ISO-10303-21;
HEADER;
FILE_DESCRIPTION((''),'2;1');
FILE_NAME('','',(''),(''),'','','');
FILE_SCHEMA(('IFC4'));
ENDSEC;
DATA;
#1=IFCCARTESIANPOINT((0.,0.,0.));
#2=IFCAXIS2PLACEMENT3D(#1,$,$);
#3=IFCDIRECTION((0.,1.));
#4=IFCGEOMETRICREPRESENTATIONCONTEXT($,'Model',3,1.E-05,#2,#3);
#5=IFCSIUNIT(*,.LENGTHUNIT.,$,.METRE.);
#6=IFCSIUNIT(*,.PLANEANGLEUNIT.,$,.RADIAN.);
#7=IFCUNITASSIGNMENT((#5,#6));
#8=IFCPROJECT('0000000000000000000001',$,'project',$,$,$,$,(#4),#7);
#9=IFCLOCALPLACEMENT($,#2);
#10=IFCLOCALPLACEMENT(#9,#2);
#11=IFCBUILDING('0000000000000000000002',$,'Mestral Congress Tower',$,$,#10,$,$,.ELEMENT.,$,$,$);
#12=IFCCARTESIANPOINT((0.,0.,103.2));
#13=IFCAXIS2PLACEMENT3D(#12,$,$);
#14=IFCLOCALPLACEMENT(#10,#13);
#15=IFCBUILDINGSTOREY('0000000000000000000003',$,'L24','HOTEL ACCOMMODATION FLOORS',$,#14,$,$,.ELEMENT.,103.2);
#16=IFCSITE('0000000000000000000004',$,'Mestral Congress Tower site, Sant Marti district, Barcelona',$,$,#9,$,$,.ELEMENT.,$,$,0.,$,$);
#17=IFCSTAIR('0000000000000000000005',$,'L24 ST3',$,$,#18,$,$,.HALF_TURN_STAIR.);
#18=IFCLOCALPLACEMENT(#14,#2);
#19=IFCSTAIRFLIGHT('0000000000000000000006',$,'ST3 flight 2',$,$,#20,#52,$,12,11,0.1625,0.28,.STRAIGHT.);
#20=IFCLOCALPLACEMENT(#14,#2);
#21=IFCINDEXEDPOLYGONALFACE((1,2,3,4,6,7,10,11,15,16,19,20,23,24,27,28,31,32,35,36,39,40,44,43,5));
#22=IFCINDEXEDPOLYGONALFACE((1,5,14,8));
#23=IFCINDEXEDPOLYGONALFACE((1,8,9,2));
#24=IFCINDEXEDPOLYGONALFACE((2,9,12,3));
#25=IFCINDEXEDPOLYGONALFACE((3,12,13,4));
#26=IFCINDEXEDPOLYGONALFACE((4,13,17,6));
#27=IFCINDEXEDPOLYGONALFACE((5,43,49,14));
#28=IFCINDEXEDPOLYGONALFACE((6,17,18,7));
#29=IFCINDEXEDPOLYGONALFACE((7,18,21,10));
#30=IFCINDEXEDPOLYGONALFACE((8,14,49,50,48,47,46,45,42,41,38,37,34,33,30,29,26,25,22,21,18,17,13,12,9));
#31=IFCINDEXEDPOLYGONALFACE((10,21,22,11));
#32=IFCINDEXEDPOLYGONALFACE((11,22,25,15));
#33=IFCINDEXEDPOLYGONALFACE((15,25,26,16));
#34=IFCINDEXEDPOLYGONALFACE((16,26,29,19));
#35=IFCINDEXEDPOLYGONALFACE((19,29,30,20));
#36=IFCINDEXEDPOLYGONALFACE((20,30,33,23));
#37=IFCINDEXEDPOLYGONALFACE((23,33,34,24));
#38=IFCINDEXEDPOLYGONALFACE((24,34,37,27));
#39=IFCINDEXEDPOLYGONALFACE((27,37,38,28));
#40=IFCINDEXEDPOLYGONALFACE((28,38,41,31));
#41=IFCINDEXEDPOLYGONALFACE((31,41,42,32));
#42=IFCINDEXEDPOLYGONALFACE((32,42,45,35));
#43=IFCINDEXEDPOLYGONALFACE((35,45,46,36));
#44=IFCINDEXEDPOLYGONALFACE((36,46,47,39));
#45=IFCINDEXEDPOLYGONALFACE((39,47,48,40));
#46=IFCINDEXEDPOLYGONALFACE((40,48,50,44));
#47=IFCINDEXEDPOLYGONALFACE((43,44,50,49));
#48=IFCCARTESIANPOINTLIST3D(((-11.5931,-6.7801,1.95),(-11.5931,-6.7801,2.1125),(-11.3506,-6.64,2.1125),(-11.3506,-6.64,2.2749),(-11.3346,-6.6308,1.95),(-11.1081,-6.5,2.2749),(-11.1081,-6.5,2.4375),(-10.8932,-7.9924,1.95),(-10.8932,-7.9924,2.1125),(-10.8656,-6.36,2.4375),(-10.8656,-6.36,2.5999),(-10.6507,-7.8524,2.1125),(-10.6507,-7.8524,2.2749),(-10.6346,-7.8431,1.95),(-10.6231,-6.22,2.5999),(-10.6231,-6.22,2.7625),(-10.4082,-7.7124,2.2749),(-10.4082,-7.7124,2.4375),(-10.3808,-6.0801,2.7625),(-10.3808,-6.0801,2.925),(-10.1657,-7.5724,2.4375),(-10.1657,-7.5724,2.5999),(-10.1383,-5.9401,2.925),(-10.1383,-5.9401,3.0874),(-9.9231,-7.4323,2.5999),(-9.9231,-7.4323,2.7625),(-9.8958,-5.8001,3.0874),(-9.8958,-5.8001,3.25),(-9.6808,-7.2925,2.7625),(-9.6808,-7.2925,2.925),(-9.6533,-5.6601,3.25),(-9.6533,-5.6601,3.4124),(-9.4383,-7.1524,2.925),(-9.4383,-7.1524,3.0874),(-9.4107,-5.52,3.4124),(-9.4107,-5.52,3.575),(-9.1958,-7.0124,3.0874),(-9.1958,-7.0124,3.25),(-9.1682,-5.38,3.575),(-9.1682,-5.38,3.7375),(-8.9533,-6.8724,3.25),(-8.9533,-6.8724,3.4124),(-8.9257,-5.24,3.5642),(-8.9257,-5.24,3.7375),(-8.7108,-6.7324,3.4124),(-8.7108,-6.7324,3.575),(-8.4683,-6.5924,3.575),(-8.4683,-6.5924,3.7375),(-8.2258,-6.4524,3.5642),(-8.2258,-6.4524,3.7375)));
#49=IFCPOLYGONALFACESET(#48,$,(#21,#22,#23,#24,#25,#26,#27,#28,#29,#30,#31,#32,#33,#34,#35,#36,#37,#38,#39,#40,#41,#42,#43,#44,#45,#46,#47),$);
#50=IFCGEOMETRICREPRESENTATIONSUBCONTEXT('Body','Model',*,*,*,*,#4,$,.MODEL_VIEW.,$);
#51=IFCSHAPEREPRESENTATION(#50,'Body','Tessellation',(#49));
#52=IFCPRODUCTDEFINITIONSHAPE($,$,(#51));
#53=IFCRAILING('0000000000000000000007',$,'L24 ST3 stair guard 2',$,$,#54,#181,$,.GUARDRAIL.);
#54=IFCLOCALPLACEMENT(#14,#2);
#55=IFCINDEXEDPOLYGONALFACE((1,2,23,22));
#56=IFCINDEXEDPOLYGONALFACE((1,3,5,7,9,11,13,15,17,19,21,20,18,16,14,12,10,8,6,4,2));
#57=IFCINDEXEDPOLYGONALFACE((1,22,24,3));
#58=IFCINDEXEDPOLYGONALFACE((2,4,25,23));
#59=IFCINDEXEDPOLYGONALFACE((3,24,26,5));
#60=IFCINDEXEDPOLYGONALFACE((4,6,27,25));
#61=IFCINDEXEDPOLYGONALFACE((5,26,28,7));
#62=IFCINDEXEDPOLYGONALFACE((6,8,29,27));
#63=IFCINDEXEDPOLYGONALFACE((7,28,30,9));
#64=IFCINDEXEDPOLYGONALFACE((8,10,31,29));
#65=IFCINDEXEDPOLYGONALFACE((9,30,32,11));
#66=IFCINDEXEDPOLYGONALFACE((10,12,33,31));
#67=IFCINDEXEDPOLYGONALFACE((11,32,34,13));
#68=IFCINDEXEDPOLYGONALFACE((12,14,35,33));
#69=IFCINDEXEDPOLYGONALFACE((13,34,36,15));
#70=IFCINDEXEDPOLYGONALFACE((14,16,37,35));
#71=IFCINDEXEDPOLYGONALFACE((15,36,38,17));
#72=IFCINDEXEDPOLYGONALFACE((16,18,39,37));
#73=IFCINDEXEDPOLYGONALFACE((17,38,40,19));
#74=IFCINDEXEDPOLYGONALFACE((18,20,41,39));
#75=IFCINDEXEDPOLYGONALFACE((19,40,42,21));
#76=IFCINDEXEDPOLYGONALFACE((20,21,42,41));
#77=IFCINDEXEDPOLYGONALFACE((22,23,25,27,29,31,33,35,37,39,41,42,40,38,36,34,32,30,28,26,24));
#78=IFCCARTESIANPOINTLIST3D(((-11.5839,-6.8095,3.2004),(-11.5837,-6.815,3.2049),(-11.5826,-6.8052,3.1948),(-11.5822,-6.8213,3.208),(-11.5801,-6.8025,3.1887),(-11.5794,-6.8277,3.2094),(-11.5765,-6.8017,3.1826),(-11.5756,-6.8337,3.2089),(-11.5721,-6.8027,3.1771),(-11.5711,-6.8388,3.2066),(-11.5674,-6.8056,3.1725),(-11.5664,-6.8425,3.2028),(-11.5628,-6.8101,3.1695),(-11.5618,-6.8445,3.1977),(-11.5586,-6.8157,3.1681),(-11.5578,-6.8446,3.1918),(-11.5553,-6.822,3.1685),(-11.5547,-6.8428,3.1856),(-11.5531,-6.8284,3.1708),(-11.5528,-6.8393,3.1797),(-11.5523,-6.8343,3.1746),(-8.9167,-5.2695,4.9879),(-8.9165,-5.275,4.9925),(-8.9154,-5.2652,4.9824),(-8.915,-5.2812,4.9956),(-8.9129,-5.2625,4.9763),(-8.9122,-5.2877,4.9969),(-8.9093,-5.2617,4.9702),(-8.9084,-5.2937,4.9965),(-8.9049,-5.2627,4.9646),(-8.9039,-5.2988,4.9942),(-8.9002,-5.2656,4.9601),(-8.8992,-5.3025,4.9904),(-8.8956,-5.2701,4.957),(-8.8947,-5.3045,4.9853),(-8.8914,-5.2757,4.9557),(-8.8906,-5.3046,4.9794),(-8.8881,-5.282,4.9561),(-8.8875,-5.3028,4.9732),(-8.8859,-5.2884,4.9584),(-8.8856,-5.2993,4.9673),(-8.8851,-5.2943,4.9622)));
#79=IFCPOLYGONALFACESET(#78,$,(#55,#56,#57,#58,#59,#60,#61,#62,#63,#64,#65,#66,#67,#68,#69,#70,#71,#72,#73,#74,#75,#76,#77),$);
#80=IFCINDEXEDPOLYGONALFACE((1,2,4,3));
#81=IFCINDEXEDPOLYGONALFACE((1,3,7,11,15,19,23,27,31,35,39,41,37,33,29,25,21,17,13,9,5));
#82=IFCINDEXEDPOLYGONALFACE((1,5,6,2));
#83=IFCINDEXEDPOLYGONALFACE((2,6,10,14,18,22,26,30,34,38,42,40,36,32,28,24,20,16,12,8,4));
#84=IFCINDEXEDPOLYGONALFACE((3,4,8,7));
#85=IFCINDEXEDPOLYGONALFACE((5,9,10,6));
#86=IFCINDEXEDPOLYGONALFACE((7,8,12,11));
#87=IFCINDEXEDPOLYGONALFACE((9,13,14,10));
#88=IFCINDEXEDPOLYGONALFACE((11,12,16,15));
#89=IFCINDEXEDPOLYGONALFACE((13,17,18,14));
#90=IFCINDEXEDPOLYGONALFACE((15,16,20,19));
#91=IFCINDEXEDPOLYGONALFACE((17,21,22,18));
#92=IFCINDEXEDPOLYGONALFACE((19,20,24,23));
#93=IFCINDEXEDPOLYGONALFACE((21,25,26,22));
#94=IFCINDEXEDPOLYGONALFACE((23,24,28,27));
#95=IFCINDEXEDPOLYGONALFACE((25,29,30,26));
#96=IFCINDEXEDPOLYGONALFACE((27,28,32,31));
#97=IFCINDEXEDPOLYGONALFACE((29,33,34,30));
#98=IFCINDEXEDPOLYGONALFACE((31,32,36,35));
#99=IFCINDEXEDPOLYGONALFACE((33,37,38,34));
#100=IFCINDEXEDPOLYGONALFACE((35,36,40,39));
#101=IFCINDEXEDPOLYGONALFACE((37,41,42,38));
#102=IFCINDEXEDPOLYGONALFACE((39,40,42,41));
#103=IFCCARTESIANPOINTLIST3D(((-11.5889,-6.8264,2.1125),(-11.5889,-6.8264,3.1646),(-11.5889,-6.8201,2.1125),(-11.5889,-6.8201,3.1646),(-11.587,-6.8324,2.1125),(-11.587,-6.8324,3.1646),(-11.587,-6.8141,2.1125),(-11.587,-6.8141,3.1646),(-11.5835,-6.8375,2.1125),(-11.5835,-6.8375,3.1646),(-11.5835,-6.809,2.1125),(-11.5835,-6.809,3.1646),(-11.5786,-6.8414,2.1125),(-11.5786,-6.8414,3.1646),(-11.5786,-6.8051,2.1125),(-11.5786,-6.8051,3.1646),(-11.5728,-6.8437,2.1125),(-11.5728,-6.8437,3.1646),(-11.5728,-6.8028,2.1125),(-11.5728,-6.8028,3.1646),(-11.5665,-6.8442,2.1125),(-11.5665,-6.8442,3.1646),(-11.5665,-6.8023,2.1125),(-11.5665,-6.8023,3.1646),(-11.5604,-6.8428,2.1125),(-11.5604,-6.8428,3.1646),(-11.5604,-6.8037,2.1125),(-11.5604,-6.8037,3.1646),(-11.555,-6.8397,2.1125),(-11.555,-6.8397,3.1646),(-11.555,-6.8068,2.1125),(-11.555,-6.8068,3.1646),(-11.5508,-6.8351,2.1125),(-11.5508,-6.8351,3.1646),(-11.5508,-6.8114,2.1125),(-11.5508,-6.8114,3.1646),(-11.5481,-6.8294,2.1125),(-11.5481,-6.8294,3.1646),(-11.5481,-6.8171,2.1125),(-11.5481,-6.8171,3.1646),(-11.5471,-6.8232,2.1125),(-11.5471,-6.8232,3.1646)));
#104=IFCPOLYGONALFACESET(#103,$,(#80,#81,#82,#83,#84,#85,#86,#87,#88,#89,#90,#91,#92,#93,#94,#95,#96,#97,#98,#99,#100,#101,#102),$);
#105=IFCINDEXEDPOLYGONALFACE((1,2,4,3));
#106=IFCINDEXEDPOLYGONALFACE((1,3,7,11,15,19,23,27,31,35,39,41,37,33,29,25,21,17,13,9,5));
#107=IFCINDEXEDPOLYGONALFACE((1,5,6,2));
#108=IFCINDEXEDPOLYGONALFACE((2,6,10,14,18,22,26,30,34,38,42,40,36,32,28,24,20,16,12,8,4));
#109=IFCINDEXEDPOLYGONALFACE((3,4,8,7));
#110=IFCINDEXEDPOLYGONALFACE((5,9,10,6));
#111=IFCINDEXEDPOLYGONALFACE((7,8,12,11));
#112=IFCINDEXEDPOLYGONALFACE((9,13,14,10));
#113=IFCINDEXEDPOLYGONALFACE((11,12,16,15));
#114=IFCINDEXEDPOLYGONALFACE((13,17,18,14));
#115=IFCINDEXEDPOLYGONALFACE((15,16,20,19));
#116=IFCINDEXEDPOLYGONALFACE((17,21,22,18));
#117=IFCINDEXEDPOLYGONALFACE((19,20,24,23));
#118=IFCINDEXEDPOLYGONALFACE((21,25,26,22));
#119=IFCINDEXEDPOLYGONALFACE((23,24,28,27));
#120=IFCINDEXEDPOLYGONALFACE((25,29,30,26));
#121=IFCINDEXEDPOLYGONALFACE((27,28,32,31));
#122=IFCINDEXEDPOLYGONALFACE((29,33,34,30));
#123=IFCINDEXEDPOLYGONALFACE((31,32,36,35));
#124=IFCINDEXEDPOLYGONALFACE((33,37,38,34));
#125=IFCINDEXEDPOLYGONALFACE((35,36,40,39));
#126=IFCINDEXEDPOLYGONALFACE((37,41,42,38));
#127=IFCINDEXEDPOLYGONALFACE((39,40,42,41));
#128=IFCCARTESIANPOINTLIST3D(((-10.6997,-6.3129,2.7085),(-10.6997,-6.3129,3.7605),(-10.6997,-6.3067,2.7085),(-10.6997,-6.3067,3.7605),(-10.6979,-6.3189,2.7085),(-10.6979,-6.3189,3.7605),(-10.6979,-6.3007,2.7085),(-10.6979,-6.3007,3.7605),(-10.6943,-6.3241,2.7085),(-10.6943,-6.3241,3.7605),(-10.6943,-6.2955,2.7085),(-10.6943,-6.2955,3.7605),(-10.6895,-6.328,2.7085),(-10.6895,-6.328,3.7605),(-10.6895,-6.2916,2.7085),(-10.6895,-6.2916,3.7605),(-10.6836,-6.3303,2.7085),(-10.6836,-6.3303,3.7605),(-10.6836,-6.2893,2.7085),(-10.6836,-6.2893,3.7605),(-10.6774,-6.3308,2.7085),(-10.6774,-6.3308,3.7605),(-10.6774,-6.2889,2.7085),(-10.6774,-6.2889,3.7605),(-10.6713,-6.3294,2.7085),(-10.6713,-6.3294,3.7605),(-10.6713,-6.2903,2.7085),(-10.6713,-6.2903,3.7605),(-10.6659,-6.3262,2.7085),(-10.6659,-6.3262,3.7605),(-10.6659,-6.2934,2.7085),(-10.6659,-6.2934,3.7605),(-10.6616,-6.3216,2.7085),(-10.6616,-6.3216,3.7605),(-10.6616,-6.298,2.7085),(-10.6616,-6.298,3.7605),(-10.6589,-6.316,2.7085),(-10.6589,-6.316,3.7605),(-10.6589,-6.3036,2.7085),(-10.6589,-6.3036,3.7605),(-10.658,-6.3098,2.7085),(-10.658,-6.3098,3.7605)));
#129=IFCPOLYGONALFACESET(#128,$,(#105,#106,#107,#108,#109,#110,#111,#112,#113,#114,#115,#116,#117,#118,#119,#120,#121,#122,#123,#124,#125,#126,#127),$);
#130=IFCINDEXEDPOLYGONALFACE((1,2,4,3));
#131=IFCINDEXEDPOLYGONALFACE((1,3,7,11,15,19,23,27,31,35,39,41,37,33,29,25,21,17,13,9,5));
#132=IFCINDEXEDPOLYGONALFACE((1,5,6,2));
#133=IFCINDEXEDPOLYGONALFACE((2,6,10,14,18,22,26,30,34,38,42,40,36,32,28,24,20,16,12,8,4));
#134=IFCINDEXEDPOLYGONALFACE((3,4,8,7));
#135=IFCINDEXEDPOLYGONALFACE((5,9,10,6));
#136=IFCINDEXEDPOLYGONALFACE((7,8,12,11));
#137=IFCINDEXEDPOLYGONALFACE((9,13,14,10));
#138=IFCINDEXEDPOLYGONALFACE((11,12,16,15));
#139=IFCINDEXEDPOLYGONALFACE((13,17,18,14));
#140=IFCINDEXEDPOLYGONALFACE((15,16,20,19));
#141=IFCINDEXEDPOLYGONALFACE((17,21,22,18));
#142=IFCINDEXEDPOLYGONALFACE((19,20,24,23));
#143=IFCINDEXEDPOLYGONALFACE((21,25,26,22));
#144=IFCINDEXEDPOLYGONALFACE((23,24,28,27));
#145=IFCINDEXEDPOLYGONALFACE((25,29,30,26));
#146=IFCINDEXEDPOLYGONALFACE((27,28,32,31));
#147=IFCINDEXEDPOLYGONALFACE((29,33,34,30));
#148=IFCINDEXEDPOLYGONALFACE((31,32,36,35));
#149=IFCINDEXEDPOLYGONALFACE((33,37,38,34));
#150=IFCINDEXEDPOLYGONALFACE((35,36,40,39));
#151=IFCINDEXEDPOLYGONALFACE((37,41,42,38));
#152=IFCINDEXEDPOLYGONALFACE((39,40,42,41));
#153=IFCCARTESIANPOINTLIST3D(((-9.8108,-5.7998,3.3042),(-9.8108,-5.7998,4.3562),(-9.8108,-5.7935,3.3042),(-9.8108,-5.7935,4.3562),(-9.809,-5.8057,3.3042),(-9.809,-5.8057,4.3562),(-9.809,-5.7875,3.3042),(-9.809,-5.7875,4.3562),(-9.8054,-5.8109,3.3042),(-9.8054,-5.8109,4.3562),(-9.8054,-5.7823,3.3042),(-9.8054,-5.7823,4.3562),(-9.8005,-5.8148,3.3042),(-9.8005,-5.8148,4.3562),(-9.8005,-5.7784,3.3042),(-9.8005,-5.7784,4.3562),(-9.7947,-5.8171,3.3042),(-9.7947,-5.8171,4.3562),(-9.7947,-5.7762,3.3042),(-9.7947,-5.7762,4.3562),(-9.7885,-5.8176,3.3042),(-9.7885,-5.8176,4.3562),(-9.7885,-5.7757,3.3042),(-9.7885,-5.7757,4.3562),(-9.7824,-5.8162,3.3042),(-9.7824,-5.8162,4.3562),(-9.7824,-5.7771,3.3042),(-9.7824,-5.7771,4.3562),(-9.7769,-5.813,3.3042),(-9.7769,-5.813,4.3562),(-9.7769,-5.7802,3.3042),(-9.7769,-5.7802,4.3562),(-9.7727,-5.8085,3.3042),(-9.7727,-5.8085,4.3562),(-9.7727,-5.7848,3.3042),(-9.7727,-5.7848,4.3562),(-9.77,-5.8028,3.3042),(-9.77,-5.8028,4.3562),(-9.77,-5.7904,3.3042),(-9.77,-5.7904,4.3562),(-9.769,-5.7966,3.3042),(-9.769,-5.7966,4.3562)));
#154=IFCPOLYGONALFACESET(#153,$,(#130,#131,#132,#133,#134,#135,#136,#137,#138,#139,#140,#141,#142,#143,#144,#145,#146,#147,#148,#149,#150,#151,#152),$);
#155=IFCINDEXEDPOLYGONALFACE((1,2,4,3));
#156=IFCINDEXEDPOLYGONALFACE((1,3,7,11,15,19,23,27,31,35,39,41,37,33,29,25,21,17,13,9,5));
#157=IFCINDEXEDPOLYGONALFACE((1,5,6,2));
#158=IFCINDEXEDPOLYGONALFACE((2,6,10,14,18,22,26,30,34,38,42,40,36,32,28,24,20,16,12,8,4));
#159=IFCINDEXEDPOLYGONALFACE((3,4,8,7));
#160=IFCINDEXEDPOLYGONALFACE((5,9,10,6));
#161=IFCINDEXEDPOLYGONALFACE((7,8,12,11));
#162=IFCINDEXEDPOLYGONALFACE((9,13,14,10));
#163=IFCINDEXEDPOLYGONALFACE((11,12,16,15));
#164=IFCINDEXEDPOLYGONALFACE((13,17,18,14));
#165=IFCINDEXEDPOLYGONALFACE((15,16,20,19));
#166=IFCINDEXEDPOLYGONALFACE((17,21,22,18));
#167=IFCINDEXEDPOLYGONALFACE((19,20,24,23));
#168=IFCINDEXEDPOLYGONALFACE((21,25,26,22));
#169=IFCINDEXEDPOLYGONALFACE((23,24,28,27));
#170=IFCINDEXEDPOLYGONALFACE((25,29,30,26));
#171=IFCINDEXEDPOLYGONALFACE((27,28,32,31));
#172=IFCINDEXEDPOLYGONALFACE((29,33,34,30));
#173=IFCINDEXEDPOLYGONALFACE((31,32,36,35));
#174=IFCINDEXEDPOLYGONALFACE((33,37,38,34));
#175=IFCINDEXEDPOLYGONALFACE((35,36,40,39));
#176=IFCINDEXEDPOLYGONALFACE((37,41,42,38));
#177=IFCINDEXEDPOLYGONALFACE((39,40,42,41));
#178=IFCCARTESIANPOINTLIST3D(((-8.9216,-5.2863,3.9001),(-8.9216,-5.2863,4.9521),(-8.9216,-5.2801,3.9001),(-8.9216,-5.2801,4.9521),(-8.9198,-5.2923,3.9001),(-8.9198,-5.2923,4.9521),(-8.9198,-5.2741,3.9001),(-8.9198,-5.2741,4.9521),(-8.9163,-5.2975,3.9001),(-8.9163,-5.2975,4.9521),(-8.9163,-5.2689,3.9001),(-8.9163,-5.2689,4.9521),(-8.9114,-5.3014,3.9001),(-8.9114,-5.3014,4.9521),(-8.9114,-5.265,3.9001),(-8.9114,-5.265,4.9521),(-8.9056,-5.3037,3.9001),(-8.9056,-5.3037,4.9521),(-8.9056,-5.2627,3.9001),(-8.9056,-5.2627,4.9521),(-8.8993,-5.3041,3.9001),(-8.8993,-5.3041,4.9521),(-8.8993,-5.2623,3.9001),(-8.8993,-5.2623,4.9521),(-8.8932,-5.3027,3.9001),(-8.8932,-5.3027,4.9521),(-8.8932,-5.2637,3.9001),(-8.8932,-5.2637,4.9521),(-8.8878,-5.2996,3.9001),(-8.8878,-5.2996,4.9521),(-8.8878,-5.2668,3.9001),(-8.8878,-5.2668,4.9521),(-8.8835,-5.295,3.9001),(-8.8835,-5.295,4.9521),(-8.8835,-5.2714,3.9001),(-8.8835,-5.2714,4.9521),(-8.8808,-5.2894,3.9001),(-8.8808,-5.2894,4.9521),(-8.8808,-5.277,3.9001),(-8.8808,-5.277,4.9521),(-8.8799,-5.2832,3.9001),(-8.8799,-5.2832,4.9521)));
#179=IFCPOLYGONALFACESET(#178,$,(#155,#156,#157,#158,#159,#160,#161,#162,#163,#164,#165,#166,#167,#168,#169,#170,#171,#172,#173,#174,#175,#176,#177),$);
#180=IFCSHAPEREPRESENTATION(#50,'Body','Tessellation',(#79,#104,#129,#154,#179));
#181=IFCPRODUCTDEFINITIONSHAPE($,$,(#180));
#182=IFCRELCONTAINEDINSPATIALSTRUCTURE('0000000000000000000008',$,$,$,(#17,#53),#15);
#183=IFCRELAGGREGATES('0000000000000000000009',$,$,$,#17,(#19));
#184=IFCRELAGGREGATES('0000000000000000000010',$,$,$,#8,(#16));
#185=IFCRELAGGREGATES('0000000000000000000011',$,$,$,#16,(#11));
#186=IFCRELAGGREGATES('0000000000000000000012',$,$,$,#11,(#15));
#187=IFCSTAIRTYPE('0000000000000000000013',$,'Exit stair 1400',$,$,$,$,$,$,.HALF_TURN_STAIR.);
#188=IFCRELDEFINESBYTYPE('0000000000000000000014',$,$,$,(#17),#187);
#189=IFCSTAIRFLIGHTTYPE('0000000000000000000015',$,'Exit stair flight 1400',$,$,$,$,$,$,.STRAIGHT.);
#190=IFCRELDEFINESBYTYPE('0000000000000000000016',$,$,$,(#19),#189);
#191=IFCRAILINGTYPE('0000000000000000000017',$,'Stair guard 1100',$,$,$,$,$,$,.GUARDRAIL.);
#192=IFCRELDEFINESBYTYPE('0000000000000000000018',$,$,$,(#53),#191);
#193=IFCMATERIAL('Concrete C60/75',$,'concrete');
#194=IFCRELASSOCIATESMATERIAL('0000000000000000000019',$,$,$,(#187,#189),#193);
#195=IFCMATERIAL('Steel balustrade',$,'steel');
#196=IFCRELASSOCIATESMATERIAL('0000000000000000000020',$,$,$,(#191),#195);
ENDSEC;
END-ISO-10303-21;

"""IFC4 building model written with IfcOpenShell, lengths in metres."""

from ifc_helpers import new_model, si_unit, direction, frame, origin, origin_2d, place, context, subcontext, project, spatial, polyline, circle, outline, extrude, material, type_object, element, aggregate, save


model = new_model("IFC4")

# Units and contexts
model_context = context("Model", 3, precision=1e-05, world=origin(), true_north=direction((0.0, 1.0)))
body_context = subcontext(model_context, "Body", "Model", "MODEL_VIEW")
ifc_project = project(units=[si_unit("LENGTHUNIT", "METRE"), si_unit("PLANEANGLEUNIT", "RADIAN")], contexts=[model_context])

# Site, building, storey
site_placement = place(None, origin())
site = spatial("IfcSite", under=ifc_project, at=site_placement, Name="Mestral Congress Tower site, Sant Marti district, Barcelona", CompositionType="ELEMENT", RefElevation=0.0)
building_placement = place(site_placement, origin())
building = spatial("IfcBuilding", under=site, at=building_placement, Name="Mestral Congress Tower", CompositionType="ELEMENT")
storey_placement = place(building_placement, frame((0.0, 0.0, 103.2)))
storey = spatial("IfcBuildingStorey", under=building, at=storey_placement, Name="L24", Description="HOTEL ACCOMMODATION FLOORS", CompositionType="ELEMENT", Elevation=103.2)

# Shared definitions
ifc_material_1 = material(Name="Concrete C60/75", Category="concrete")

# Stair, stair flight
stair_type = type_object("IfcStairType", Name="Exit stair 1400", PredefinedType="HALF_TURN_STAIR", material=ifc_material_1)
stair_placement = place(storey_placement, origin())
stair = element("IfcStair", 1, at=stair_placement, inside=storey, type_object=stair_type, Name="L24 ST3", PredefinedType="HALF_TURN_STAIR")
stair_flight_type = type_object("IfcStairFlightType", Name="Exit stair flight 1400", PredefinedType="STRAIGHT", material=ifc_material_1)
stair_flight_placement = place(storey_placement, frame((-11.2432, -7.3862, 1.95), z_axis=(0.0, 0.0, 1.0), x_axis=(0.866025, 0.5, 0.0)))
stair_flight = element("IfcStairFlight", 2, at=stair_flight_placement, type_object=stair_flight_type, Name="ST3 flight 2", NumberOfRisers=12, NumberOfTreads=11, PredefinedType="STRAIGHT", RiserHeight=0.1625, TreadLength=0.28, context=body_context, shape_type="SweptSolid", body=[
    extrude(outline(polyline([(0.0, 0.0), (0.0, 0.1626), (0.28, 0.1626), (0.28, 0.325), (0.5601, 0.325), (0.5601, 0.4875), (0.8401, 0.4875), (0.8401, 0.6499), (1.1201, 0.6499), (1.1201, 0.8125), (1.3999, 0.8125), (1.3999, 0.9751), (1.6799, 0.9751), (1.6799, 1.1375), (1.96, 1.1375), (1.96, 1.3), (2.24, 1.3), (2.24, 1.4624), (2.52, 1.4624), (2.52, 1.625), (2.8, 1.625), (2.8, 1.7876), (3.0801, 1.7876), (3.0801, 1.95), (3.0801, 1.6143), (0.2986, 0.0), (0.0, 0.0)])), frame((0.0, 0.7, 0.0), z_axis=(0.0, -1.0, 0.0), x_axis=(1.0, 0.0, 0.0)), (0.0, 0.0, 1.0), 1.3999),
])
aggregate(stair, [stair_flight])

# Railing
ifc_material_2 = material(Name="Steel balustrade", Category="steel")
railing_type = type_object("IfcRailingType", Name="Stair guard 1100", PredefinedType="GUARDRAIL", material=ifc_material_2)
railing_placement = place(storey_placement, frame((-11.5681, -6.8232, 2.1125)))
element("IfcRailing", 3, at=railing_placement, inside=storey, type_object=railing_type, Name="L24 ST3 stair guard 2", PredefinedType="GUARDRAIL", context=body_context, shape_type="SweptSolid", body=[
    extrude(circle(Radius=0.0239, at=origin_2d()), frame((0.0, 0.0, 1.0762), z_axis=(0.748994, 0.432463, 0.50198), x_axis=(-0.500027, 0.86601, 0.0)), (0.0, 0.0, 1.0), 3.561),
    extrude(circle(Radius=0.021, at=origin_2d()), origin(), (0.0, 0.0, 1.0), 1.052),
    extrude(circle(Radius=0.021, at=origin_2d()), frame((0.8892, 0.5134, 0.5959)), (0.0, 0.0, 1.0), 1.052),
    extrude(circle(Radius=0.021, at=origin_2d()), frame((1.7781, 1.0266, 1.1917)), (0.0, 0.0, 1.0), 1.052),
    extrude(circle(Radius=0.021, at=origin_2d()), frame((2.6672, 1.54, 1.7876)), (0.0, 0.0, 1.0), 1.052),
])

save(model, "model.ifc")
